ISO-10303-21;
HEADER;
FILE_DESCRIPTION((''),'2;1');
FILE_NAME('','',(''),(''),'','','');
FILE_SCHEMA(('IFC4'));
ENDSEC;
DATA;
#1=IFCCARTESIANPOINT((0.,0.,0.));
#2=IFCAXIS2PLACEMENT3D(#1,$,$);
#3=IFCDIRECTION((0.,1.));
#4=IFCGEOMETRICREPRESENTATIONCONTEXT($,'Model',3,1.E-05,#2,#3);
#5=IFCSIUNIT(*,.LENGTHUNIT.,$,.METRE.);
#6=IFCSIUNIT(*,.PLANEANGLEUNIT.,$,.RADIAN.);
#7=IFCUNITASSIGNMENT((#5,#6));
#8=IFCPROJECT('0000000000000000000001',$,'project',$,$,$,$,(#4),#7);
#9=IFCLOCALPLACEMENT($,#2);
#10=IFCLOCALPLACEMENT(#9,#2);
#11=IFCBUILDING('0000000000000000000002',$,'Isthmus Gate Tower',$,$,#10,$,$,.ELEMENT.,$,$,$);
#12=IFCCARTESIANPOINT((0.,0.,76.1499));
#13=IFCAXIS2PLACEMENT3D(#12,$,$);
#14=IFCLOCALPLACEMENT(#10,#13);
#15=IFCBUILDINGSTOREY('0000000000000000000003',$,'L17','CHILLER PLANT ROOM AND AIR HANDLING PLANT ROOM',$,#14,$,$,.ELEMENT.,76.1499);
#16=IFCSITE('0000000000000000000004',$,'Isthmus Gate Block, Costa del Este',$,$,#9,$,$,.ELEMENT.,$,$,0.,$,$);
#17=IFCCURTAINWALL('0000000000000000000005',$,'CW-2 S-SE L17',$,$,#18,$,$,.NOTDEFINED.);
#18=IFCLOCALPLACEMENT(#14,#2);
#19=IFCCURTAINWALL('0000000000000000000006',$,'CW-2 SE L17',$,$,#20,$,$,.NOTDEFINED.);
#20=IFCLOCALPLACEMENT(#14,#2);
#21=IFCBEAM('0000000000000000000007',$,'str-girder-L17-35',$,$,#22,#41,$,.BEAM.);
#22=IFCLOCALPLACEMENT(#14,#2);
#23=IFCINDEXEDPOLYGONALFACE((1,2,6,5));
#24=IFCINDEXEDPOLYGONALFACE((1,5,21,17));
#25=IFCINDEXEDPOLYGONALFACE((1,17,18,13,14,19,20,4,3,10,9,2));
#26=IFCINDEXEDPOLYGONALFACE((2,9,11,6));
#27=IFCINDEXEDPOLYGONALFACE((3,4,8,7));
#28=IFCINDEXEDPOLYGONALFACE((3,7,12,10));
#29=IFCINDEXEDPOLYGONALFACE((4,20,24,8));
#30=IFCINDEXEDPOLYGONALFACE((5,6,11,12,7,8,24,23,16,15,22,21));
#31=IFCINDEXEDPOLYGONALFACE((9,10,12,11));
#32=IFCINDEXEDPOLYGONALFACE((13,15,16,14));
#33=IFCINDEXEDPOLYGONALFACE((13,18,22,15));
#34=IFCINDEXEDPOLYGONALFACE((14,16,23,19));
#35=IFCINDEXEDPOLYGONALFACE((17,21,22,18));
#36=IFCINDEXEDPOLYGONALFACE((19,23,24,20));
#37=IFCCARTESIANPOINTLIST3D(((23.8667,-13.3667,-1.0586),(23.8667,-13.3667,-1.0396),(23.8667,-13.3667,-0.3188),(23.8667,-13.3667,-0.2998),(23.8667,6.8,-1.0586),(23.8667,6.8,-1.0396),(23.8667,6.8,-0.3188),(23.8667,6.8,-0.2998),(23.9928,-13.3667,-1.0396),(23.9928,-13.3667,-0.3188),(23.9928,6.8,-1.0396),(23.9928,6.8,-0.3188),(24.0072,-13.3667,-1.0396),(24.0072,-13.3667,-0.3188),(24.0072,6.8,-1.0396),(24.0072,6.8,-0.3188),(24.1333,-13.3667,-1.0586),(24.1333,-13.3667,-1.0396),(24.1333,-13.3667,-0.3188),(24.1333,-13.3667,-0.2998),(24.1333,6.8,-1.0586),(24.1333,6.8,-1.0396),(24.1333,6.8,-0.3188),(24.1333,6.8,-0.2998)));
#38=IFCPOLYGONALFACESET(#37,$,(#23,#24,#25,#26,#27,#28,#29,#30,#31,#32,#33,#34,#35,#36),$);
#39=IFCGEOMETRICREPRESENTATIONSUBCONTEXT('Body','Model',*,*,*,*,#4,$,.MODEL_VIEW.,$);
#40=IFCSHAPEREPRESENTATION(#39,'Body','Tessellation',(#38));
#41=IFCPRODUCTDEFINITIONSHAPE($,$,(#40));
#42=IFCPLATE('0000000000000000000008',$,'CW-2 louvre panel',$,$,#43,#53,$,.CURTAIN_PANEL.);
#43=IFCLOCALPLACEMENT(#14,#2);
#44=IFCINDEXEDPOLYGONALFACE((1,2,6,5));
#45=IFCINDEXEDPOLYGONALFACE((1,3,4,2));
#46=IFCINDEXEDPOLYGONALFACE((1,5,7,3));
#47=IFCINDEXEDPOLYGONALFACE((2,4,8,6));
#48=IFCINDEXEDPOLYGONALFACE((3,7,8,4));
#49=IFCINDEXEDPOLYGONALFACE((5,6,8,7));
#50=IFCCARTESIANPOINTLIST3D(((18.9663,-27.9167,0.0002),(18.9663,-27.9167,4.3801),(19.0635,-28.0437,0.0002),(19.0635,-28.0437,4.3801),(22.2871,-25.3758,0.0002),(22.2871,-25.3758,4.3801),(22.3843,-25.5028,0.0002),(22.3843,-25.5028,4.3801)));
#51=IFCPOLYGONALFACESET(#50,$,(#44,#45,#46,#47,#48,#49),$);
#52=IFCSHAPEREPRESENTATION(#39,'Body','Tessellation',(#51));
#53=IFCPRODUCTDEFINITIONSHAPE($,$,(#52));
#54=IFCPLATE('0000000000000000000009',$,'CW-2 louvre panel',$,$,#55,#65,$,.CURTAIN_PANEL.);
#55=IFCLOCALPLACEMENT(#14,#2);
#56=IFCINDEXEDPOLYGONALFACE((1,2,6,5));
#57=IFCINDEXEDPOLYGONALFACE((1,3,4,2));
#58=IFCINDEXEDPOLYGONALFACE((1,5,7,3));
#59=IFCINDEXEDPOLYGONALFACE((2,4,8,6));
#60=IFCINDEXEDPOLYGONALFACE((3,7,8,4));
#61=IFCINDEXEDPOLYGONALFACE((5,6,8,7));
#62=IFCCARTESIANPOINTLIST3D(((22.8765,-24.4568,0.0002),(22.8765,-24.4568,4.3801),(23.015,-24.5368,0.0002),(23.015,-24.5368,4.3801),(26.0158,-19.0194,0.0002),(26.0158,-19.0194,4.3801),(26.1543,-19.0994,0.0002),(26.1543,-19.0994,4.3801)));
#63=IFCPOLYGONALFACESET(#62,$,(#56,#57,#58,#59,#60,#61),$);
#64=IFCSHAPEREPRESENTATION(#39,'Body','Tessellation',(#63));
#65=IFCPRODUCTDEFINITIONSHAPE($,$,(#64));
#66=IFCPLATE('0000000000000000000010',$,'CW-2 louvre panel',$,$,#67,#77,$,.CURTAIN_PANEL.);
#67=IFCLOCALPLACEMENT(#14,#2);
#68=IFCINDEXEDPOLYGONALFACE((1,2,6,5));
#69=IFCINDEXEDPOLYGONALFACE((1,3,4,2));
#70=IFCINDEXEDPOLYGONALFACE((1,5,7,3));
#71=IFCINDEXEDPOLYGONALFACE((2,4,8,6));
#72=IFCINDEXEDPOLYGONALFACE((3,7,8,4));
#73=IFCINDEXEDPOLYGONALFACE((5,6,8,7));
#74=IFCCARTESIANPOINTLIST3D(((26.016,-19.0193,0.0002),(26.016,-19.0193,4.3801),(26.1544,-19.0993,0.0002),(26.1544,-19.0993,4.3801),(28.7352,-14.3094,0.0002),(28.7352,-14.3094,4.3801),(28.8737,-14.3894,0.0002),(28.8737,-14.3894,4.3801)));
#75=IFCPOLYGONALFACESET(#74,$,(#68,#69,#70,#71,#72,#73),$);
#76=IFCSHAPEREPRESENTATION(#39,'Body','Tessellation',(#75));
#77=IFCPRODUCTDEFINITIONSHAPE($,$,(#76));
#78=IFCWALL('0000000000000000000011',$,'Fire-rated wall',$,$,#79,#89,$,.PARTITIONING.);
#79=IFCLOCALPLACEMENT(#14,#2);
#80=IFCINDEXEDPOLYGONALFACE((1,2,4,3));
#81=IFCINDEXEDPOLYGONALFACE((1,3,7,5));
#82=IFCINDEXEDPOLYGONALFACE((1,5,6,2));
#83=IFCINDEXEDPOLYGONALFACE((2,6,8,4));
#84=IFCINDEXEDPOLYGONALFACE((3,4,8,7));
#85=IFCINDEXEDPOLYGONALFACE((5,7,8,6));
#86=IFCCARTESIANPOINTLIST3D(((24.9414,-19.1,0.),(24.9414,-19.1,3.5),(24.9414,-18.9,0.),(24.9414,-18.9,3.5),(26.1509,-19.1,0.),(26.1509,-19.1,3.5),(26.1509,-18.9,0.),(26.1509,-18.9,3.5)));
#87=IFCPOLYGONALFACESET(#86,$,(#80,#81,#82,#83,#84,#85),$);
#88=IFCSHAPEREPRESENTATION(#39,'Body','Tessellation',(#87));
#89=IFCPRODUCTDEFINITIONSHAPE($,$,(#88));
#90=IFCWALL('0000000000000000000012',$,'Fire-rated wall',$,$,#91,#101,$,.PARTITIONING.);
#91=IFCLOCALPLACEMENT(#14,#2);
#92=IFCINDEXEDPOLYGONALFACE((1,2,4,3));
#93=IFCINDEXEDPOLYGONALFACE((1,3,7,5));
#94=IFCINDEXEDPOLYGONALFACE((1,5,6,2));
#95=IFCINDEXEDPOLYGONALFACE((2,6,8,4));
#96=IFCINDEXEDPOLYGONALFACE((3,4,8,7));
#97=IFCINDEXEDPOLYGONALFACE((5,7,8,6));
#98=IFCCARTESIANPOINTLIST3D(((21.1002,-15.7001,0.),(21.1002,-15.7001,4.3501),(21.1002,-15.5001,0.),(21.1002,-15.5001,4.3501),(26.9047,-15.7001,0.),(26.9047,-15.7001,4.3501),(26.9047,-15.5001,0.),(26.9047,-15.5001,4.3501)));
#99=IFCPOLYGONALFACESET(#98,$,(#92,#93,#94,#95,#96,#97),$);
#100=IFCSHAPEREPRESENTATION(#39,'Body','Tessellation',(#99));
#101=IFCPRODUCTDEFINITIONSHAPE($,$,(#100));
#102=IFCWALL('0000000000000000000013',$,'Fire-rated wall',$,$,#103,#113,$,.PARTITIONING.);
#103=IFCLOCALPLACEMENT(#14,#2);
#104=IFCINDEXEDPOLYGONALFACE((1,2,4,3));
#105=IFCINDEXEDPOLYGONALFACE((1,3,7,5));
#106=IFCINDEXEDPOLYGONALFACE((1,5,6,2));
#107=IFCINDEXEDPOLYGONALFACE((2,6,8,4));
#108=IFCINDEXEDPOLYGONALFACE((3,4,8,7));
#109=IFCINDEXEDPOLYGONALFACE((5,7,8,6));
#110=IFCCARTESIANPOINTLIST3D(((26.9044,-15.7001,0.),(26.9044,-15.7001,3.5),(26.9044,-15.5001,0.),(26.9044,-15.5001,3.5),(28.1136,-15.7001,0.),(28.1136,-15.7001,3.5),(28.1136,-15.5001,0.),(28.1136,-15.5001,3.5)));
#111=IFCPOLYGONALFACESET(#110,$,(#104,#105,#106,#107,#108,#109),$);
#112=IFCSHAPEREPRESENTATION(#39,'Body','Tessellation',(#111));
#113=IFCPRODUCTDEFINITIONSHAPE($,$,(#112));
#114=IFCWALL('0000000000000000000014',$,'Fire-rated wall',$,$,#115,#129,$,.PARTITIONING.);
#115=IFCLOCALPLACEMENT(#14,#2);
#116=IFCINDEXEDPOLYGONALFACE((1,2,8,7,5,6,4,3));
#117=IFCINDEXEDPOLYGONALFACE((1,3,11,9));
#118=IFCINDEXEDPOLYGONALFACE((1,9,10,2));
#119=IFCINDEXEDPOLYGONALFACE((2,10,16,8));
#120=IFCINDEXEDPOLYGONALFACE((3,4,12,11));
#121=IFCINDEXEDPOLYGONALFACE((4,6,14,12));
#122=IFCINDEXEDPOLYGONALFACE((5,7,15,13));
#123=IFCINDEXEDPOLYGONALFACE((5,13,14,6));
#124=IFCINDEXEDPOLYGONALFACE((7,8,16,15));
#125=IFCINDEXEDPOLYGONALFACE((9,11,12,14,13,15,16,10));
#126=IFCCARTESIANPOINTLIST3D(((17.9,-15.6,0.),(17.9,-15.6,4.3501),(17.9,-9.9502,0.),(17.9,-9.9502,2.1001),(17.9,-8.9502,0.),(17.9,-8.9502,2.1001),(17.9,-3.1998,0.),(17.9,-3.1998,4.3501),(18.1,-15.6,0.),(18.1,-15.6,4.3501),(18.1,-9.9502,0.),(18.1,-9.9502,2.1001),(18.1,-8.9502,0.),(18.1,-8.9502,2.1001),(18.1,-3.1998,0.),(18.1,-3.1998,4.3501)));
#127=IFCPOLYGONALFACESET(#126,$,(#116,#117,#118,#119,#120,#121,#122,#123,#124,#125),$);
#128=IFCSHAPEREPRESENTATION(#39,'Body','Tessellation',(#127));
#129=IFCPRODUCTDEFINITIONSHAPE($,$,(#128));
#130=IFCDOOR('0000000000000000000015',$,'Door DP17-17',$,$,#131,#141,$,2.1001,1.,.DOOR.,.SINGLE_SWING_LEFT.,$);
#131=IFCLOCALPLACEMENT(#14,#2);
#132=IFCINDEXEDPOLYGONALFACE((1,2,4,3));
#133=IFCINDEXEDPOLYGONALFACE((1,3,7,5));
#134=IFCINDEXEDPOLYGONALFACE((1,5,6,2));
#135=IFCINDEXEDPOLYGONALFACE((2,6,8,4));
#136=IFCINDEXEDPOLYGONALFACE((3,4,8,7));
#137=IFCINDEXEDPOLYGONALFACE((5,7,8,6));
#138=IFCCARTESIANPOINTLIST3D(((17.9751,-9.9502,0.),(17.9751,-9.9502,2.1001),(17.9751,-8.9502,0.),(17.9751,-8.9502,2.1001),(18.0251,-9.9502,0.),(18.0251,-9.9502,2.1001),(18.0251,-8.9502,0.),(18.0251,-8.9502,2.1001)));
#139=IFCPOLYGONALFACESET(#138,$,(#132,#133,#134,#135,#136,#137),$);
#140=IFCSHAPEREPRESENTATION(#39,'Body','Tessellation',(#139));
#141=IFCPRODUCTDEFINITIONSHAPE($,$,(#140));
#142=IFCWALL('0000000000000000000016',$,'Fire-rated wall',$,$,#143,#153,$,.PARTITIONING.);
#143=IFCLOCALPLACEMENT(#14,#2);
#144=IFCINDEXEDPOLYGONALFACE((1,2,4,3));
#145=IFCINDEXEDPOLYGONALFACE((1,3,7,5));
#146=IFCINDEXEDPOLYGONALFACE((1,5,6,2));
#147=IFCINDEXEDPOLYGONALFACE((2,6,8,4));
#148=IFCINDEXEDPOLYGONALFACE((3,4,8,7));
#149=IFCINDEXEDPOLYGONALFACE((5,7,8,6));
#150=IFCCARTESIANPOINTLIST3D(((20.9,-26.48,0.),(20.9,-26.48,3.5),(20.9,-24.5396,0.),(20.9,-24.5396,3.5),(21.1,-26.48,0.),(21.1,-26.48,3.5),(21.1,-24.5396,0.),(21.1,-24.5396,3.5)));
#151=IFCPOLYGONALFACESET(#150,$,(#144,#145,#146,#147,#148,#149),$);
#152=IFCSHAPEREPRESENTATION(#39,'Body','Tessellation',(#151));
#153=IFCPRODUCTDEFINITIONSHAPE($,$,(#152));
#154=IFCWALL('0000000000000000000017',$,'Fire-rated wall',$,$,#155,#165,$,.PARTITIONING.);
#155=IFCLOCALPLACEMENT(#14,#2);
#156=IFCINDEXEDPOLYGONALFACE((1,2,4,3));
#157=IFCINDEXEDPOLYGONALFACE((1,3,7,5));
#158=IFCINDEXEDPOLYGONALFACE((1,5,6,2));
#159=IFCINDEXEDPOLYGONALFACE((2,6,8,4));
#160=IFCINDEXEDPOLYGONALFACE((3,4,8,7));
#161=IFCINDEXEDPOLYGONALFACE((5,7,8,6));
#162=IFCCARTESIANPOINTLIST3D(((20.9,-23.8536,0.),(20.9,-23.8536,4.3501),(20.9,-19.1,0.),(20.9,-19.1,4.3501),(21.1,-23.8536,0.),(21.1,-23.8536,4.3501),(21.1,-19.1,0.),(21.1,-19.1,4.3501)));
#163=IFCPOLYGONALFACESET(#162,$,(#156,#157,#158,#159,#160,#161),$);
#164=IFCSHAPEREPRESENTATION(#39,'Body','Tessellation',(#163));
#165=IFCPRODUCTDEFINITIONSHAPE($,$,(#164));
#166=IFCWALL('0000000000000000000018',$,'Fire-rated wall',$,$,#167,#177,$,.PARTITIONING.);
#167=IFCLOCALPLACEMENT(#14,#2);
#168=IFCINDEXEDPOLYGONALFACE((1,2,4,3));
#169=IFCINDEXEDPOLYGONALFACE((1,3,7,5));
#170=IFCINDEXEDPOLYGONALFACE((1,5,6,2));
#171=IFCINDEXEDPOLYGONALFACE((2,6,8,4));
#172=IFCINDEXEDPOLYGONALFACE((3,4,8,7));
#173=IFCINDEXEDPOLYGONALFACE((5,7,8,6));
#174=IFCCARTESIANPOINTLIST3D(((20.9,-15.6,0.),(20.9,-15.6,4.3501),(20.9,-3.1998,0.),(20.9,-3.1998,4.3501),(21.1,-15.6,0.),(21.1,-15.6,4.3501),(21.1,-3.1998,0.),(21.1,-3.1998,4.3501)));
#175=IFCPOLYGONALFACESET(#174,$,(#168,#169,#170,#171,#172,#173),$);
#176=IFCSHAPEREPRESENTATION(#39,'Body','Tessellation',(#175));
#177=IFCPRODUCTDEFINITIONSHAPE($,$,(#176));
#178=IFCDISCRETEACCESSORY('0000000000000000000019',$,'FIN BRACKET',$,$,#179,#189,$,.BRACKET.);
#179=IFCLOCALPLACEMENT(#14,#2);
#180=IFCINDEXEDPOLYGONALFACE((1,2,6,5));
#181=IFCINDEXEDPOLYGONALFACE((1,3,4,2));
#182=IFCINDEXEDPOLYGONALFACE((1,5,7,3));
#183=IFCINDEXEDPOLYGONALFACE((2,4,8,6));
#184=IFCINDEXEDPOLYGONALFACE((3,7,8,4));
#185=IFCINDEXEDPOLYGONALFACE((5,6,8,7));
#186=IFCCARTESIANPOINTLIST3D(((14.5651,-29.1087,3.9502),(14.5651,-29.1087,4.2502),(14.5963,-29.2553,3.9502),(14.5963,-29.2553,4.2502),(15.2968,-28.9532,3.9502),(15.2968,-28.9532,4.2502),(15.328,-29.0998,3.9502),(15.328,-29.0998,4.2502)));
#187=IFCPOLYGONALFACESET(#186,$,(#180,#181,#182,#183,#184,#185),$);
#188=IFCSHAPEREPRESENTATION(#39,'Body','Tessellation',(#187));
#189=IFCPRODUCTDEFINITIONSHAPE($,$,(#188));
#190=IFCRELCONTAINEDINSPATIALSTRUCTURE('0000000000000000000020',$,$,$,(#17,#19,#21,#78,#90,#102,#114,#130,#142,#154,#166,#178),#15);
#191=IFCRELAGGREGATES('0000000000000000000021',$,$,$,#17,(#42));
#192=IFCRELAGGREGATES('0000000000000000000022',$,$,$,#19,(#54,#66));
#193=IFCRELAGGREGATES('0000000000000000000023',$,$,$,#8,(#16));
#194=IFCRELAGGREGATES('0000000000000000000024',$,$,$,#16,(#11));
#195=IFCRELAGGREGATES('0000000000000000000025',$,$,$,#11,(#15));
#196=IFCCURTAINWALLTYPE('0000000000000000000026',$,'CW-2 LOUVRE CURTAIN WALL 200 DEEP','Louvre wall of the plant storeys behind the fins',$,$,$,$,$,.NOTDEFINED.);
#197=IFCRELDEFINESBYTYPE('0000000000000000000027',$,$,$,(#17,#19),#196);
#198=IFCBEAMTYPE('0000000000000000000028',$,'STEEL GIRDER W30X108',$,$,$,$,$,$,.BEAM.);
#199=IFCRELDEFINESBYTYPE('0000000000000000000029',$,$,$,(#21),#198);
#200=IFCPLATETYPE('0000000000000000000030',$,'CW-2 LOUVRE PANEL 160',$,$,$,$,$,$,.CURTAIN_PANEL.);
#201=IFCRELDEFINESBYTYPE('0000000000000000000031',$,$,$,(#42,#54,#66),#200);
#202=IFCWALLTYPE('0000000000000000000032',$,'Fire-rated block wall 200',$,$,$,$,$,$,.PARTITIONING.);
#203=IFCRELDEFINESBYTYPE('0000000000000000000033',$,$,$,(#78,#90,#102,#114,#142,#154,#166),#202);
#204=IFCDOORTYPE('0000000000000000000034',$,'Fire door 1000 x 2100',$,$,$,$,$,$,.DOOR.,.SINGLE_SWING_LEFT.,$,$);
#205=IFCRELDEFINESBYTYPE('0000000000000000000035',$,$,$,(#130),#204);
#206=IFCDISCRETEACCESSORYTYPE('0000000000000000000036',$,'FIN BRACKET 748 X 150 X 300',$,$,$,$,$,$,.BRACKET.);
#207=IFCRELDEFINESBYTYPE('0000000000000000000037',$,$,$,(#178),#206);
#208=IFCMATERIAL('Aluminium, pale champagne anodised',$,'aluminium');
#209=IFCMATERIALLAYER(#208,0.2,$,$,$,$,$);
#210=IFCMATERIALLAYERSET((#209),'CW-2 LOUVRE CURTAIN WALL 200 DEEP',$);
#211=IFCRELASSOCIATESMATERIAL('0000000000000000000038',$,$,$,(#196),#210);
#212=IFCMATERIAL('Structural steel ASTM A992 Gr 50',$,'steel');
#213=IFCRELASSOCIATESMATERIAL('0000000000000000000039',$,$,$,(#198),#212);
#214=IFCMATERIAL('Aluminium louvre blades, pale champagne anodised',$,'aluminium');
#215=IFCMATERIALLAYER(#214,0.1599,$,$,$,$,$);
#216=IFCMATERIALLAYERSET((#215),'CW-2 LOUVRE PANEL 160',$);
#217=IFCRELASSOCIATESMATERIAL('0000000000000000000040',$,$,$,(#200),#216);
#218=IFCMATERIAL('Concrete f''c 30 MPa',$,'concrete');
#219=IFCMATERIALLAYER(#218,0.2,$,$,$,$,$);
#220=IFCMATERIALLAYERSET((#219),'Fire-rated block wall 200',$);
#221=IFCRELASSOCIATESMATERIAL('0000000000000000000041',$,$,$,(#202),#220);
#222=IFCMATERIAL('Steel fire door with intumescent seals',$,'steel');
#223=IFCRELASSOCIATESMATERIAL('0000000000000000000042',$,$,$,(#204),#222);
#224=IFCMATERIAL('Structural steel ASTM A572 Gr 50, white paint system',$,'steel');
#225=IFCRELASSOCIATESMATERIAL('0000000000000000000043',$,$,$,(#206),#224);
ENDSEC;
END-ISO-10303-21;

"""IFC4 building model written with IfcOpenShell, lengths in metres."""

from ifc_helpers import new_model, si_unit, direction, frame, frame_2d, origin, origin_2d, place, context, subcontext, project, spatial, rectangle, i_section, extrude, material, layer, layer_set, material_profile, profile_set, type_object, element, fill, aggregate, save


model = new_model("IFC4")

# Units and contexts
model_context = context("Model", 3, precision=1e-05, world=origin(), true_north=direction((0.0, 1.0)))
body_context = subcontext(model_context, "Body", "Model", "MODEL_VIEW")
ifc_project = project(units=[si_unit("LENGTHUNIT", "METRE"), si_unit("PLANEANGLEUNIT", "RADIAN")], contexts=[model_context])

# Site, building, storey
site_placement = place(None, origin())
site = spatial("IfcSite", under=ifc_project, at=site_placement, Name="Isthmus Gate Block, Costa del Este", CompositionType="ELEMENT", RefElevation=0.0)
building_placement = place(site_placement, origin())
building = spatial("IfcBuilding", under=site, at=building_placement, Name="Isthmus Gate Tower", CompositionType="ELEMENT")
storey_placement = place(building_placement, frame((0.0, 0.0, 76.1499)))
storey = spatial("IfcBuildingStorey", under=building, at=storey_placement, Name="L17", Description="CHILLER PLANT ROOM AND AIR HANDLING PLANT ROOM", CompositionType="ELEMENT", Elevation=76.1499)

# Curtain wall
ifc_material_1 = material(Name="Aluminium, pale champagne anodised", Category="aluminium")
ifc_layer_1 = layer(ifc_material_1, 0.2)
ifc_layer_set_1 = layer_set([ifc_layer_1], Name="CW-2 LOUVRE CURTAIN WALL 200 DEEP")
curtain_wall_type = type_object("IfcCurtainWallType", Name="CW-2 LOUVRE CURTAIN WALL 200 DEEP", Description="Louvre wall of the plant storeys behind the fins", PredefinedType="NOTDEFINED", material=ifc_layer_set_1)
curtain_wall_1_placement = place(storey_placement, origin())
curtain_wall_1 = element("IfcCurtainWall", 1, at=curtain_wall_1_placement, inside=storey, type_object=curtain_wall_type, Name="CW-2 S-SE L17", PredefinedType="NOTDEFINED")

# Curtain wall
curtain_wall_2_placement = place(storey_placement, origin())
curtain_wall_2 = element("IfcCurtainWall", 2, at=curtain_wall_2_placement, inside=storey, type_object=curtain_wall_type, Name="CW-2 SE L17", PredefinedType="NOTDEFINED")

# Beam
ifc_material_2 = material(Name="Structural steel ASTM A992 Gr 50", Category="steel")
ifc_material_profile_1 = material_profile(ifc_material_2, i_section(OverallWidth=0.2666, OverallDepth=0.7588, WebThickness=0.0144, FlangeThickness=0.019, at=origin_2d()), Name="W30X108")
ifc_profile_set_1 = profile_set([ifc_material_profile_1], Name="Structural steel ASTM A992 Gr 50")
beam_type_1 = type_object("IfcBeamType", Name="STEEL GIRDER W30X108", PredefinedType="BEAM", material=ifc_profile_set_1)
beam_1_placement = place(storey_placement, frame((24.0, -13.3667, -0.6792), z_axis=(0.0, 1.0, 0.0), x_axis=(-1.0, 0.0, 0.0)))
element("IfcBeam", 3, at=beam_1_placement, inside=storey, type_object=beam_type_1, Name="str-girder-L17-35", PredefinedType="BEAM", context=body_context, shape_type="SweptSolid", body=[
    extrude(i_section(OverallWidth=0.2666, OverallDepth=0.7588, WebThickness=0.0144, FlangeThickness=0.019, at=origin_2d()), origin(), (0.0, 0.0, 1.0), 20.1667),
])

# Plates
ifc_material_3 = material(Name="Aluminium louvre blades, pale champagne anodised", Category="aluminium")
ifc_layer_2 = layer(ifc_material_3, 0.1599)
ifc_layer_set_2 = layer_set([ifc_layer_2], Name="CW-2 LOUVRE PANEL 160")
plate_type = type_object("IfcPlateType", Name="CW-2 LOUVRE PANEL 160", PredefinedType="CURTAIN_PANEL", material=ifc_layer_set_2)
plate_1_placement = place(storey_placement, frame((20.6753, -26.7097, 0.0002), z_axis=(0.0, 0.0, 1.0), x_axis=(0.794189, 0.607671, 0.0)))
plate_1 = element("IfcPlate", 4, at=plate_1_placement, type_object=plate_type, Name="CW-2 louvre panel", PredefinedType="CURTAIN_PANEL", context=body_context, shape_type="SweptSolid", body=[
    extrude(rectangle(XDim=4.1814, YDim=0.1599, at=origin_2d()), origin(), (0.0, 0.0, 1.0), 4.3799),
])
aggregate(curtain_wall_1, [plate_1])
plate_2_placement = place(storey_placement, frame((24.5154, -21.7781, 0.0002), z_axis=(0.0, 0.0, 1.0), x_axis=(0.5, 0.866025, 0.0)))
plate_2 = element("IfcPlate", 5, at=plate_2_placement, type_object=plate_type, Name="CW-2 louvre panel", PredefinedType="CURTAIN_PANEL", context=body_context, shape_type="SweptSolid", body=[
    extrude(rectangle(XDim=6.2786, YDim=0.1599, at=origin_2d()), origin(), (0.0, 0.0, 1.0), 4.3799),
])
plate_3_placement = place(storey_placement, frame((27.4448, -16.7043, 0.0002), z_axis=(0.0, 0.0, 1.0), x_axis=(0.5, 0.866025, 0.0)))
plate_3 = element("IfcPlate", 6, at=plate_3_placement, type_object=plate_type, Name="CW-2 louvre panel", PredefinedType="CURTAIN_PANEL", context=body_context, shape_type="SweptSolid", body=[
    extrude(rectangle(XDim=5.4385, YDim=0.1599, at=origin_2d()), origin(), (0.0, 0.0, 1.0), 4.3799),
])
aggregate(curtain_wall_2, [plate_2, plate_3])

# Walls
ifc_material_4 = material(Name="Concrete f'c 30 MPa", Category="concrete")
ifc_layer_3 = layer(ifc_material_4, 0.2)
ifc_layer_set_3 = layer_set([ifc_layer_3], Name="Fire-rated block wall 200")
wall_type = type_object("IfcWallType", Name="Fire-rated block wall 200", PredefinedType="PARTITIONING", material=ifc_layer_set_3)
wall_1_placement = place(storey_placement, frame((24.9414, -19.0, 0.0), z_axis=(0.0, 0.0, 1.0), x_axis=(1.0, 0.0, 0.0)))
element("IfcWall", 7, at=wall_1_placement, inside=storey, type_object=wall_type, Name="Fire-rated wall", PredefinedType="PARTITIONING", context=body_context, shape_type="SweptSolid", body=[
    extrude(rectangle(XDim=1.2095, YDim=0.2, at=frame_2d((0.6047, 0.0))), origin(), (0.0, 0.0, 1.0), 3.5),
])
wall_2_placement = place(storey_placement, frame((21.1001, -15.6001, 0.0), z_axis=(0.0, 0.0, 1.0), x_axis=(1.0, 0.0, 0.0)))
element("IfcWall", 8, at=wall_2_placement, inside=storey, type_object=wall_type, Name="Fire-rated wall", PredefinedType="PARTITIONING", context=body_context, shape_type="SweptSolid", body=[
    extrude(rectangle(XDim=5.8044, YDim=0.2, at=frame_2d((2.9023, 0.0))), origin(), (0.0, 0.0, 1.0), 4.3501),
])
wall_3_placement = place(storey_placement, frame((26.9045, -15.6001, 0.0), z_axis=(0.0, 0.0, 1.0), x_axis=(1.0, 0.0, 0.0)))
element("IfcWall", 9, at=wall_3_placement, inside=storey, type_object=wall_type, Name="Fire-rated wall", PredefinedType="PARTITIONING", context=body_context, shape_type="SweptSolid", body=[
    extrude(rectangle(XDim=1.2092, YDim=0.2, at=frame_2d((0.6045, 0.0))), origin(), (0.0, 0.0, 1.0), 3.5),
])

# Wall, opening, door
wall_4_placement = place(storey_placement, frame((18.0, -15.6001, 0.0), z_axis=(0.0, 0.0, 1.0), x_axis=(0.0, 1.0, 0.0)))
wall_4 = element("IfcWall", 10, at=wall_4_placement, inside=storey, type_object=wall_type, Name="Fire-rated wall", PredefinedType="PARTITIONING", context=body_context, shape_type="SweptSolid", body=[
    extrude(rectangle(XDim=12.4001, YDim=0.2, at=frame_2d((6.2002, 0.0))), origin(), (0.0, 0.0, 1.0), 4.3501),
])
opening_placement = place(wall_4_placement, frame((5.6499, 0.0, 0.0)))
opening = element("IfcOpeningElement", 11, at=opening_placement, cuts=wall_4, PredefinedType="OPENING", context=body_context, shape_type="SweptSolid", body=[
    extrude(rectangle(XDim=1.0, YDim=2.1001, at=frame_2d((0.5, 1.05))), frame((0.0, 0.1099, 0.0), z_axis=(0.0, -1.0, 0.0), x_axis=(1.0, 0.0, 0.0)), (0.0, 0.0, 1.0), 0.22),
])
ifc_material_5 = material(Name="Steel fire door with intumescent seals", Category="steel")
door_type = type_object("IfcDoorType", Name="Fire door 1000 x 2100", OperationType="SINGLE_SWING_LEFT", PredefinedType="DOOR", material=ifc_material_5)
door_placement = place(opening_placement, origin())
door = element("IfcDoor", 12, at=door_placement, inside=storey, type_object=door_type, Name="Door DP17-17", OperationType="SINGLE_SWING_LEFT", OverallHeight=2.1001, OverallWidth=1.0, PredefinedType="DOOR", context=body_context, shape_type="SweptSolid", body=[
    extrude(rectangle(XDim=1.0, YDim=2.1001, at=frame_2d((0.5, 1.05))), frame((0.0, 0.0249, 0.0), z_axis=(0.0, -1.0, 0.0), x_axis=(1.0, 0.0, 0.0)), (0.0, 0.0, 1.0), 0.05),
])
fill(opening, door)

# Walls
wall_5_placement = place(storey_placement, frame((21.0, -26.48, 0.0), z_axis=(0.0, 0.0, 1.0), x_axis=(0.0, 1.0, 0.0)))
element("IfcWall", 13, at=wall_5_placement, inside=storey, type_object=wall_type, Name="Fire-rated wall", PredefinedType="PARTITIONING", context=body_context, shape_type="SweptSolid", body=[
    extrude(rectangle(XDim=1.9404, YDim=0.2, at=frame_2d((0.9702, 0.0))), origin(), (0.0, 0.0, 1.0), 3.5),
])
wall_6_placement = place(storey_placement, frame((21.0, -23.8538, 0.0), z_axis=(0.0, 0.0, 1.0), x_axis=(0.0, 1.0, 0.0)))
element("IfcWall", 14, at=wall_6_placement, inside=storey, type_object=wall_type, Name="Fire-rated wall", PredefinedType="PARTITIONING", context=body_context, shape_type="SweptSolid", body=[
    extrude(rectangle(XDim=4.7537, YDim=0.2, at=frame_2d((2.377, 0.0))), origin(), (0.0, 0.0, 1.0), 4.3501),
])
wall_7_placement = place(storey_placement, frame((21.0, -15.6001, 0.0), z_axis=(0.0, 0.0, 1.0), x_axis=(0.0, 1.0, 0.0)))
element("IfcWall", 15, at=wall_7_placement, inside=storey, type_object=wall_type, Name="Fire-rated wall", PredefinedType="PARTITIONING", context=body_context, shape_type="SweptSolid", body=[
    extrude(rectangle(XDim=12.4001, YDim=0.2, at=frame_2d((6.2002, 0.0))), origin(), (0.0, 0.0, 1.0), 4.3501),
])

# Discrete accessory
ifc_material_6 = material(Name="Structural steel ASTM A572 Gr 50, white paint system", Category="steel")
discrete_accessory_type_1 = type_object("IfcDiscreteAccessoryType", Name="FIN BRACKET 748 X 150 X 300", PredefinedType="BRACKET", material=ifc_material_6)
for number, where, z_axis, x_axis, name in (
    (16, (14.9465, -29.1042, 3.9502), (0.0, 0.0, 1.0), (0.207912, -0.978148, 0.0), "FIN BRACKET"),
):
    element("IfcDiscreteAccessory", number, at=place(storey_placement, frame(where, z_axis=z_axis, x_axis=x_axis)), inside=storey, type_object=discrete_accessory_type_1, Name=name, PredefinedType="BRACKET", context=body_context, shape_type="SweptSolid", body=[
        extrude(rectangle(XDim=0.1499, YDim=0.748, at=origin_2d()), origin(), (0.0, 0.0, 1.0), 0.3),
    ])

save(model, "model.ifc")
